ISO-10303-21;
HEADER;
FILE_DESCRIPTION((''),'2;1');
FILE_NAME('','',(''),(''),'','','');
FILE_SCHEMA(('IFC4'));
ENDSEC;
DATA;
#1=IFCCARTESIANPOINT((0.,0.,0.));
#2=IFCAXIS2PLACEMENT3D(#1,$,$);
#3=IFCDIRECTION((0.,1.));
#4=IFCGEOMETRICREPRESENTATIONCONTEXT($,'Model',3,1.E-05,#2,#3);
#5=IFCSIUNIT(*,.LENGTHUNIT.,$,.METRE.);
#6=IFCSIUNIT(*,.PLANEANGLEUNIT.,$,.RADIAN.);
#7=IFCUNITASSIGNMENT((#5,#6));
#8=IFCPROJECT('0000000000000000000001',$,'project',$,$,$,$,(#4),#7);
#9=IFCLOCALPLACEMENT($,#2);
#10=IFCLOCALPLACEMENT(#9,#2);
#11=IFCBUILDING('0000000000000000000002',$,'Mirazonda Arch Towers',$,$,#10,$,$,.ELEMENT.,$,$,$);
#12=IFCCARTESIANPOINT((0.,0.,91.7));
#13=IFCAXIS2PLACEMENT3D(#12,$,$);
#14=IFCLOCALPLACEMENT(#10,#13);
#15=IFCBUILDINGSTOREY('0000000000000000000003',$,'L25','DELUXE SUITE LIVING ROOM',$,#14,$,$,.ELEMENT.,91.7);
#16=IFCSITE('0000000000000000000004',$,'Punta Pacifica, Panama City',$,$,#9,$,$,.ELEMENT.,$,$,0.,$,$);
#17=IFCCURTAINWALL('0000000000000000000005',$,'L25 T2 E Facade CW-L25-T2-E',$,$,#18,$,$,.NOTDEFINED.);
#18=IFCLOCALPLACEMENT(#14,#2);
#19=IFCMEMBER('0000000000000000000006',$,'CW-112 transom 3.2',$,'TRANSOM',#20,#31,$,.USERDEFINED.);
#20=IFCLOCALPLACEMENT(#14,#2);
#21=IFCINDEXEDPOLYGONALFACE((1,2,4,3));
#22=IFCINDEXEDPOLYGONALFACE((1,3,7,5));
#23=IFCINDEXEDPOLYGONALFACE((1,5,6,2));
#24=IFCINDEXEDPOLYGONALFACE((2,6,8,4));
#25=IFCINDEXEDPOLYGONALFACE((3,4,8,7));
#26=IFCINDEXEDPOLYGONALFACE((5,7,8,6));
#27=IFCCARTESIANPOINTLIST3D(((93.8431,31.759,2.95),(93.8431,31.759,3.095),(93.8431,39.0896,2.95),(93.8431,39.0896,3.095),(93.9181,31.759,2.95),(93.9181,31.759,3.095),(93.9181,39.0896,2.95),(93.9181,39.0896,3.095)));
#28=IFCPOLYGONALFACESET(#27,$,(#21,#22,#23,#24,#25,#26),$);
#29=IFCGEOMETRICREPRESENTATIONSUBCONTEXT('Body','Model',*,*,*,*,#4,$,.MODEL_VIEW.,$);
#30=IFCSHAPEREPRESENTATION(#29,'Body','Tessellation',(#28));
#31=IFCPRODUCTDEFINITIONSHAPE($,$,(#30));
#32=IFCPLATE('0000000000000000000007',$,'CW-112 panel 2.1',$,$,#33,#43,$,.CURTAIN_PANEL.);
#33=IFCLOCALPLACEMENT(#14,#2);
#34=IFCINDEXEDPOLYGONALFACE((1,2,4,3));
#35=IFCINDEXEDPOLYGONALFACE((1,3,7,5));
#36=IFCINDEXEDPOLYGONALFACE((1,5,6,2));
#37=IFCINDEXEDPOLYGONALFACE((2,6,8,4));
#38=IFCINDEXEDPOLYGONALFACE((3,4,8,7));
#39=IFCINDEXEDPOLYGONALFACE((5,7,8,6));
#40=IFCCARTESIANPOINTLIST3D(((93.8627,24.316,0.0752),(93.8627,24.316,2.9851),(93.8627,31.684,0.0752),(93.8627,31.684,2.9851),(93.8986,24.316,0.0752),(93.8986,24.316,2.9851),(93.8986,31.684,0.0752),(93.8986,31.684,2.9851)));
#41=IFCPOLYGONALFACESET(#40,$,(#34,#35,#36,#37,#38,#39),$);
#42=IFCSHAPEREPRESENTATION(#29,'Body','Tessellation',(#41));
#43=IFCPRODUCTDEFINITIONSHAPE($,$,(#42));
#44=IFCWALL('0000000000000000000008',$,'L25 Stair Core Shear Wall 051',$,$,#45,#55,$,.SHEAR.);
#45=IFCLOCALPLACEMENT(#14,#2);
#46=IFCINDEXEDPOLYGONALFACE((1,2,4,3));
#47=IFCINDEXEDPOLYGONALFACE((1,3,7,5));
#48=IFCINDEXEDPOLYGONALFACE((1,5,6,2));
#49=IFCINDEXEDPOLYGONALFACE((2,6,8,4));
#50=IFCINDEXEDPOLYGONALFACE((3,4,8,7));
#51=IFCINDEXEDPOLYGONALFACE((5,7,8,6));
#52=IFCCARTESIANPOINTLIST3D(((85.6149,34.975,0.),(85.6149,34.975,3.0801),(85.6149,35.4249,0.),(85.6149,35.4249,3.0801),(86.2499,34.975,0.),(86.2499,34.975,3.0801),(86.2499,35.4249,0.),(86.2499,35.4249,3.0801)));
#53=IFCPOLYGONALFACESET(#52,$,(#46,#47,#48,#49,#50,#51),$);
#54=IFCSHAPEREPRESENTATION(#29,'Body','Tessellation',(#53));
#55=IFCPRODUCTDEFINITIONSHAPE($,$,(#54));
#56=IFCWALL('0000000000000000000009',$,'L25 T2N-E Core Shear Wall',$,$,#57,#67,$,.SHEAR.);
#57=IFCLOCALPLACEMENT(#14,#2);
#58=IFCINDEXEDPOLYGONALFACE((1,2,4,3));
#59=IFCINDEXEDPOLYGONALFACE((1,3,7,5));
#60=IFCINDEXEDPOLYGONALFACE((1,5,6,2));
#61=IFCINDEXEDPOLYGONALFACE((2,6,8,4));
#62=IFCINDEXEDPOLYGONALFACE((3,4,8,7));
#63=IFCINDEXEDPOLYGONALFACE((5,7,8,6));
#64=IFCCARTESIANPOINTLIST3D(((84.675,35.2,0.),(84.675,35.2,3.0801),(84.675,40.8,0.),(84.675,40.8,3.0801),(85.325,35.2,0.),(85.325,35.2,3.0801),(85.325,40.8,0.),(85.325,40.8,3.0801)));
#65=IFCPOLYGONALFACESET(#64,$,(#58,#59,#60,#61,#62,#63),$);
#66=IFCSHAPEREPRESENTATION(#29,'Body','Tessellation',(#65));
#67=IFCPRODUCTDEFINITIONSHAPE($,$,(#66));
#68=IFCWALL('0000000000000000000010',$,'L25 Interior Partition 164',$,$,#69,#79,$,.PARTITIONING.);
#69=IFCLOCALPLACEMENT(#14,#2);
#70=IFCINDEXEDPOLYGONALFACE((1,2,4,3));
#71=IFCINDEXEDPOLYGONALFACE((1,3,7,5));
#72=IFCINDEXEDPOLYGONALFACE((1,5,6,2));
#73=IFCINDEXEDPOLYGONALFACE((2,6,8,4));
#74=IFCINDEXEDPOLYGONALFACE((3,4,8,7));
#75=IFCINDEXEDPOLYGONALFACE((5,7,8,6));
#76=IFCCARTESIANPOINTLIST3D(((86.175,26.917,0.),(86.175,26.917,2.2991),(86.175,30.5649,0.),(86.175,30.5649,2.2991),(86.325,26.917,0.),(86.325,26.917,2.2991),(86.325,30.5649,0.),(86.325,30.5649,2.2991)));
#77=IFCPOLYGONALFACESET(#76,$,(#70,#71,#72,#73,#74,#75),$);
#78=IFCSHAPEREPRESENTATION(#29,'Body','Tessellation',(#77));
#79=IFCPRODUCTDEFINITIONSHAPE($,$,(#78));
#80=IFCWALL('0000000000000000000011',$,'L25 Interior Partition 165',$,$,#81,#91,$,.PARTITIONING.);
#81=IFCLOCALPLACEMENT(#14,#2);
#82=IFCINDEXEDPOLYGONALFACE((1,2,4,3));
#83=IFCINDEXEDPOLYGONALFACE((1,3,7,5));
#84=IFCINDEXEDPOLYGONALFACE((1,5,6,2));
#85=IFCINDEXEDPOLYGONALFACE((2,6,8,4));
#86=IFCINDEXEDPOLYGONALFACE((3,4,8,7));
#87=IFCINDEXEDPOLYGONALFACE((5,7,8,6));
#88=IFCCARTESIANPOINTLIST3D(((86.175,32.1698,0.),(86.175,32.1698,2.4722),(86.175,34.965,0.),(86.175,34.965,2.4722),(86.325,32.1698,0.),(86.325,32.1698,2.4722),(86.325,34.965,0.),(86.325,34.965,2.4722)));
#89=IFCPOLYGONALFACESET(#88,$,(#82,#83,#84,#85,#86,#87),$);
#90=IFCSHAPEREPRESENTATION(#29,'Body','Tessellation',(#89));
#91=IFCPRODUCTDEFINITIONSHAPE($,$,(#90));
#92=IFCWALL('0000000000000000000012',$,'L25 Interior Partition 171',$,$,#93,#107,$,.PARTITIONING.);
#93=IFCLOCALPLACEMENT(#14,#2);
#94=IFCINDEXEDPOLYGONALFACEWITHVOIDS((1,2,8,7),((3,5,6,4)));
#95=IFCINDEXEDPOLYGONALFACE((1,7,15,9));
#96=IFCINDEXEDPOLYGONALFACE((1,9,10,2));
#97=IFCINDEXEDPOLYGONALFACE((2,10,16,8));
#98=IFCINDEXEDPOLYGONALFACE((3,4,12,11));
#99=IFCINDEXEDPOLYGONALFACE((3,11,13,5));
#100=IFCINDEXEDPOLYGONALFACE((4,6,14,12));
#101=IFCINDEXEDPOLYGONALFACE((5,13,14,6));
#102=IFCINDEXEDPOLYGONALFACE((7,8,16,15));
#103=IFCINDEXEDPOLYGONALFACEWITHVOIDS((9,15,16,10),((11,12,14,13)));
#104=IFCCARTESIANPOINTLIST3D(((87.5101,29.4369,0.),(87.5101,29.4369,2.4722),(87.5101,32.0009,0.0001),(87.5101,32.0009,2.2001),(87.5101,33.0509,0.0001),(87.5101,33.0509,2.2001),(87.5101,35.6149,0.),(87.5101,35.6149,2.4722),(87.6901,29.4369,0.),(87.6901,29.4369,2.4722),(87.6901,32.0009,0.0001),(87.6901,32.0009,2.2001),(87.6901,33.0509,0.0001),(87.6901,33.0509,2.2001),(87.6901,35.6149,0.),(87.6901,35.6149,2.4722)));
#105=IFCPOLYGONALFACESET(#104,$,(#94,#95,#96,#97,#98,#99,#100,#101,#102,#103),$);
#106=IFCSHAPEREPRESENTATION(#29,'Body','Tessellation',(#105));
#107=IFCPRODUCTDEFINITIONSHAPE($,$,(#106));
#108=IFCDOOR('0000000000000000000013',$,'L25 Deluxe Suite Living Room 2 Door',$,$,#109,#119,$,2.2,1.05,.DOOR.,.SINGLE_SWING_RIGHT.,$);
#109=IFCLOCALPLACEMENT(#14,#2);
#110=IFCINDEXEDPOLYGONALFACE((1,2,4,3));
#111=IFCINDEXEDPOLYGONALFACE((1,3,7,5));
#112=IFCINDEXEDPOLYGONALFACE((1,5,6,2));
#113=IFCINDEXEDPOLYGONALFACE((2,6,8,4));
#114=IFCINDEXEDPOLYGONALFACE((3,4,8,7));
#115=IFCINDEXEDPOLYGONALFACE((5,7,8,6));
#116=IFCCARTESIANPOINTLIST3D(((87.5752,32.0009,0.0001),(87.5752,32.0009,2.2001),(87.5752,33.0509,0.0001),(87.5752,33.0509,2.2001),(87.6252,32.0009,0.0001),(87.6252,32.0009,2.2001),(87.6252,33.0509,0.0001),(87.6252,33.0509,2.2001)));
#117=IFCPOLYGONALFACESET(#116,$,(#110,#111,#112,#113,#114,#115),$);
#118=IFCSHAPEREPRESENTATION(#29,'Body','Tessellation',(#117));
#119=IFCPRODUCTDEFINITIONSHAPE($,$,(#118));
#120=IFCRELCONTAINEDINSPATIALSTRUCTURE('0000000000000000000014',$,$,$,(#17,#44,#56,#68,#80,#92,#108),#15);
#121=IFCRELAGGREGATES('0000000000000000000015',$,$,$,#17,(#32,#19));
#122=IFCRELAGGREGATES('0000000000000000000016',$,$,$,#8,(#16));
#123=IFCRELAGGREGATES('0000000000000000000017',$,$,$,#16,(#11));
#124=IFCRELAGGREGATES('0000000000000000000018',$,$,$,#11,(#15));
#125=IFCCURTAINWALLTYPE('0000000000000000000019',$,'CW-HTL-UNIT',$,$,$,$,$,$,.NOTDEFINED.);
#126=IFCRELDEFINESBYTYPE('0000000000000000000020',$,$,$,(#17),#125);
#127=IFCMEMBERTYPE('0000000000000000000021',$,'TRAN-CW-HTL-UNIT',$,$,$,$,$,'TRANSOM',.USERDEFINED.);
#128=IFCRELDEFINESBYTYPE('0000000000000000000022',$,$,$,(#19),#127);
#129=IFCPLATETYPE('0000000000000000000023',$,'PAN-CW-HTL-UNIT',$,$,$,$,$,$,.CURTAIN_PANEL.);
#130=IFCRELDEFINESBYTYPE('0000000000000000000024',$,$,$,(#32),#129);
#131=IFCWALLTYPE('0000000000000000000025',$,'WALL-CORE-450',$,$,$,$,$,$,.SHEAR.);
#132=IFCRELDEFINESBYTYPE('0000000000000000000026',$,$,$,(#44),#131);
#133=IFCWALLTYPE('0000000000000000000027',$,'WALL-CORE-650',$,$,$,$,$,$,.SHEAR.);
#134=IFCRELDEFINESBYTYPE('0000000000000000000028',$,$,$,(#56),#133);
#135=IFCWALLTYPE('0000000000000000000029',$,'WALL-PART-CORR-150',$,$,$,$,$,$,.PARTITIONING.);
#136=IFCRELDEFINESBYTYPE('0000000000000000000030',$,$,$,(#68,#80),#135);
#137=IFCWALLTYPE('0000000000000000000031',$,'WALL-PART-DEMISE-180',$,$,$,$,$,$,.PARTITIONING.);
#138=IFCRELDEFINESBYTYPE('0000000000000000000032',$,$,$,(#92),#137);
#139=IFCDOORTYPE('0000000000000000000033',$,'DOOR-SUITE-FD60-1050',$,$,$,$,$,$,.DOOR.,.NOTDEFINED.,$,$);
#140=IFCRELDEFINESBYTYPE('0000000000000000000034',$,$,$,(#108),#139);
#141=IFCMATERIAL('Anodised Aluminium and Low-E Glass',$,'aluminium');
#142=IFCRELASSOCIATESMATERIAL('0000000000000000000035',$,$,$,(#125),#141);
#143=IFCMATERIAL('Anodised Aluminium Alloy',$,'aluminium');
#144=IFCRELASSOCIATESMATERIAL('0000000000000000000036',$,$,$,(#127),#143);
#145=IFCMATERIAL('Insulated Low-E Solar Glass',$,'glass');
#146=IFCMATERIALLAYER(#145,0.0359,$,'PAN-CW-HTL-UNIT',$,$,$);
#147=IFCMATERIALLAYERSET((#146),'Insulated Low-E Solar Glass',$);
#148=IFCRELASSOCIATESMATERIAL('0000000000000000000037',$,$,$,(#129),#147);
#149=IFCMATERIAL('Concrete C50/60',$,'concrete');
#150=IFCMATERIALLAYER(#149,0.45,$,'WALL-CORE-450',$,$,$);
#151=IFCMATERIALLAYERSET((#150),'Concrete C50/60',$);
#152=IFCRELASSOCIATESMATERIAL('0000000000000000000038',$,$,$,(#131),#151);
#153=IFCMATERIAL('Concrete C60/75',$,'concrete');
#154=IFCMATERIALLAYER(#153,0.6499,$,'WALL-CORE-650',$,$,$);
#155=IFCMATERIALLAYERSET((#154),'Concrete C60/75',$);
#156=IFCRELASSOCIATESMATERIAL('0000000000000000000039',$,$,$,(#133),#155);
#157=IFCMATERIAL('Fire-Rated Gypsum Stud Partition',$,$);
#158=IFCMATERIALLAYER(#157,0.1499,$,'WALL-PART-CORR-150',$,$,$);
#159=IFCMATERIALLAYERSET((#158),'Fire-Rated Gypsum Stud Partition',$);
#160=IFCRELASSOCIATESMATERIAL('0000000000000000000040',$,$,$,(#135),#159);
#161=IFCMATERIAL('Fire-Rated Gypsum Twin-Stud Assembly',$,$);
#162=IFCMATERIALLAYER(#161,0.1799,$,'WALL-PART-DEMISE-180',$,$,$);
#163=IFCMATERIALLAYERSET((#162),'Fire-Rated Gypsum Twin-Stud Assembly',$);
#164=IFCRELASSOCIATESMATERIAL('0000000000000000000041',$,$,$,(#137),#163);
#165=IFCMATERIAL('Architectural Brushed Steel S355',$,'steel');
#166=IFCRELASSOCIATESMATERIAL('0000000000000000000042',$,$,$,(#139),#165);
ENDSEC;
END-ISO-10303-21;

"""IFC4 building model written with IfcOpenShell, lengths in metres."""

from ifc_helpers import new_model, si_unit, direction, frame, frame_2d, origin, origin_2d, place, context, subcontext, project, spatial, rectangle, extrude, material, layer, layer_set, material_profile, profile_set, type_object, element, fill, aggregate, save


model = new_model("IFC4")

# Units and contexts
model_context = context("Model", 3, precision=1e-05, world=origin(), true_north=direction((0.0, 1.0)))
body_context = subcontext(model_context, "Body", "Model", "MODEL_VIEW")
ifc_project = project(units=[si_unit("LENGTHUNIT", "METRE"), si_unit("PLANEANGLEUNIT", "RADIAN")], contexts=[model_context])

# Site, building, storey
site_placement = place(None, origin())
site = spatial("IfcSite", under=ifc_project, at=site_placement, Name="Punta Pacifica, Panama City", CompositionType="ELEMENT", RefElevation=0.0)
building_placement = place(site_placement, origin())
building = spatial("IfcBuilding", under=site, at=building_placement, Name="Mirazonda Arch Towers", CompositionType="ELEMENT")
storey_placement = place(building_placement, frame((0.0, 0.0, 91.7)))
storey = spatial("IfcBuildingStorey", under=building, at=storey_placement, Name="L25", Description="DELUXE SUITE LIVING ROOM", CompositionType="ELEMENT", Elevation=91.7)

# Shared definitions
ifc_material_1 = material(Name="Concrete C50/60", Category="concrete")

# Shared definitions
ifc_material_2 = material(Name="Concrete C60/75", Category="concrete")

# Curtain wall, member, plate
ifc_material_3 = material(Name="Anodised Aluminium and Low-E Glass", Category="aluminium")
curtain_wall_type = type_object("IfcCurtainWallType", Name="CW-HTL-UNIT", PredefinedType="NOTDEFINED", material=ifc_material_3)
curtain_wall_placement = place(storey_placement, origin())
curtain_wall = element("IfcCurtainWall", 1, at=curtain_wall_placement, inside=storey, type_object=curtain_wall_type, Name="L25 T2 E Facade CW-L25-T2-E", PredefinedType="NOTDEFINED")
ifc_material_4 = material(Name="Anodised Aluminium Alloy", Category="aluminium")
ifc_material_profile_1 = material_profile(ifc_material_4, rectangle(XDim=0.075, YDim=0.145, at=origin_2d()), Name="ALU-TRAN-75x145")
ifc_profile_set_1 = profile_set([ifc_material_profile_1], Name="Anodised Aluminium Alloy")
member_type_1 = type_object("IfcMemberType", Name="TRAN-CW-HTL-UNIT", ElementType="TRANSOM", PredefinedType="USERDEFINED", material=ifc_profile_set_1)
member_1_placement = place(storey_placement, frame((93.8806, 31.759, 3.0225), z_axis=(0.0, 1.0, 0.0), x_axis=(-1.0, 0.0, 0.0)))
member_1 = element("IfcMember", 2, at=member_1_placement, type_object=member_type_1, Name="CW-112 transom 3.2", ObjectType="TRANSOM", PredefinedType="USERDEFINED", context=body_context, shape_type="SweptSolid", body=[
    extrude(rectangle(XDim=0.075, YDim=0.145, at=origin_2d()), origin(), (0.0, 0.0, 1.0), 7.3306),
])
ifc_material_5 = material(Name="Insulated Low-E Solar Glass", Category="glass")
ifc_layer_1 = layer(ifc_material_5, 0.0359, Name="PAN-CW-HTL-UNIT")
ifc_layer_set_1 = layer_set([ifc_layer_1], Name="Insulated Low-E Solar Glass")
plate_type = type_object("IfcPlateType", Name="PAN-CW-HTL-UNIT", PredefinedType="CURTAIN_PANEL", material=ifc_layer_set_1)
plate_placement = place(storey_placement, frame((93.8806, 28.0, 0.0752), z_axis=(0.0, 0.0, 1.0), x_axis=(0.0, 1.0, 0.0)))
plate = element("IfcPlate", 3, at=plate_placement, type_object=plate_type, Name="CW-112 panel 2.1", PredefinedType="CURTAIN_PANEL", context=body_context, shape_type="SweptSolid", body=[
    extrude(rectangle(XDim=7.3679, YDim=0.0359, at=origin_2d()), origin(), (0.0, 0.0, 1.0), 2.9099),
])
aggregate(curtain_wall, [plate, member_1])

# Walls
ifc_layer_2 = layer(ifc_material_1, 0.45, Name="WALL-CORE-450")
ifc_layer_set_2 = layer_set([ifc_layer_2], Name="Concrete C50/60")
wall_type_1 = type_object("IfcWallType", Name="WALL-CORE-450", PredefinedType="SHEAR", material=ifc_layer_set_2)
wall_1_placement = place(storey_placement, frame((85.615, 35.2, 0.0), z_axis=(0.0, 0.0, 1.0), x_axis=(1.0, 0.0, 0.0)))
element("IfcWall", 4, at=wall_1_placement, inside=storey, type_object=wall_type_1, Name="L25 Stair Core Shear Wall 051", PredefinedType="SHEAR", context=body_context, shape_type="SweptSolid", body=[
    extrude(rectangle(XDim=0.635, YDim=0.45, at=frame_2d((0.3174, 0.0))), origin(), (0.0, 0.0, 1.0), 3.0801),
])
ifc_layer_3 = layer(ifc_material_2, 0.6499, Name="WALL-CORE-650")
ifc_layer_set_3 = layer_set([ifc_layer_3], Name="Concrete C60/75")
wall_type_2 = type_object("IfcWallType", Name="WALL-CORE-650", PredefinedType="SHEAR", material=ifc_layer_set_3)
wall_2_placement = place(storey_placement, frame((85.0, 35.2, 0.0), z_axis=(0.0, 0.0, 1.0), x_axis=(0.0, 1.0, 0.0)))
element("IfcWall", 5, at=wall_2_placement, inside=storey, type_object=wall_type_2, Name="L25 T2N-E Core Shear Wall", PredefinedType="SHEAR", context=body_context, shape_type="SweptSolid", body=[
    extrude(rectangle(XDim=5.6001, YDim=0.6499, at=frame_2d((2.8, 0.0))), origin(), (0.0, 0.0, 1.0), 3.0801),
])

# Shared definitions
ifc_material_6 = material(Name="Fire-Rated Gypsum Stud Partition")
ifc_layer_4 = layer(ifc_material_6, 0.1499, Name="WALL-PART-CORR-150")
ifc_layer_set_4 = layer_set([ifc_layer_4], Name="Fire-Rated Gypsum Stud Partition")
wall_type_3 = type_object("IfcWallType", Name="WALL-PART-CORR-150", PredefinedType="PARTITIONING", material=ifc_layer_set_4)
ifc_material_7 = material(Name="Architectural Brushed Steel S355", Category="steel")

# Walls
wall_3_placement = place(storey_placement, frame((86.25, 26.917, 0.0), z_axis=(0.0, 0.0, 1.0), x_axis=(0.0, 1.0, 0.0)))
element("IfcWall", 6, at=wall_3_placement, inside=storey, type_object=wall_type_3, Name="L25 Interior Partition 164", PredefinedType="PARTITIONING", context=body_context, shape_type="SweptSolid", body=[
    extrude(rectangle(XDim=3.6479, YDim=0.1499, at=frame_2d((1.824, 0.0))), origin(), (0.0, 0.0, 1.0), 2.2991),
])
wall_4_placement = place(storey_placement, frame((86.25, 32.1699, 0.0), z_axis=(0.0, 0.0, 1.0), x_axis=(0.0, 1.0, 0.0)))
element("IfcWall", 7, at=wall_4_placement, inside=storey, type_object=wall_type_3, Name="L25 Interior Partition 165", PredefinedType="PARTITIONING", context=body_context, shape_type="SweptSolid", body=[
    extrude(rectangle(XDim=2.7952, YDim=0.1499, at=frame_2d((1.3975, 0.0))), origin(), (0.0, 0.0, 1.0), 2.4722),
])

# Wall, opening, door
ifc_material_8 = material(Name="Fire-Rated Gypsum Twin-Stud Assembly")
ifc_layer_5 = layer(ifc_material_8, 0.1799, Name="WALL-PART-DEMISE-180")
ifc_layer_set_5 = layer_set([ifc_layer_5], Name="Fire-Rated Gypsum Twin-Stud Assembly")
wall_type_4 = type_object("IfcWallType", Name="WALL-PART-DEMISE-180", PredefinedType="PARTITIONING", material=ifc_layer_set_5)
wall_5_placement = place(storey_placement, frame((87.6001, 29.437, 0.0), z_axis=(0.0, 0.0, 1.0), x_axis=(0.0, 1.0, 0.0)))
wall_5 = element("IfcWall", 8, at=wall_5_placement, inside=storey, type_object=wall_type_4, Name="L25 Interior Partition 171", PredefinedType="PARTITIONING", context=body_context, shape_type="SweptSolid", body=[
    extrude(rectangle(XDim=6.178, YDim=0.1799, at=frame_2d((3.0889, 0.0))), origin(), (0.0, 0.0, 1.0), 2.4722),
])
opening_1_placement = place(wall_5_placement, frame((2.564, 0.0, 0.0)))
opening_1 = element("IfcOpeningElement", 9, at=opening_1_placement, cuts=wall_5, PredefinedType="OPENING", context=body_context, shape_type="SweptSolid", body=[
    extrude(rectangle(XDim=1.05, YDim=2.2, at=frame_2d((0.5249, 1.1001))), frame((0.0, 0.0999, 0.0), z_axis=(0.0, -1.0, 0.0), x_axis=(1.0, 0.0, 0.0)), (0.0, 0.0, 1.0), 0.2),
])
door_type_1 = type_object("IfcDoorType", Name="DOOR-SUITE-FD60-1050", OperationType="NOTDEFINED", PredefinedType="DOOR", material=ifc_material_7)
door_1_placement = place(opening_1_placement, origin())
door_1 = element("IfcDoor", 10, at=door_1_placement, inside=storey, type_object=door_type_1, Name="L25 Deluxe Suite Living Room 2 Door", OperationType="SINGLE_SWING_RIGHT", OverallHeight=2.2, OverallWidth=1.05, PredefinedType="DOOR", context=body_context, shape_type="SweptSolid", body=[
    extrude(rectangle(XDim=1.05, YDim=2.2, at=frame_2d((0.5249, 1.1001))), frame((0.0, 0.0249, 0.0), z_axis=(0.0, -1.0, 0.0), x_axis=(1.0, 0.0, 0.0)), (0.0, 0.0, 1.0), 0.05),
])
fill(opening_1, door_1)

save(model, "model.ifc")
